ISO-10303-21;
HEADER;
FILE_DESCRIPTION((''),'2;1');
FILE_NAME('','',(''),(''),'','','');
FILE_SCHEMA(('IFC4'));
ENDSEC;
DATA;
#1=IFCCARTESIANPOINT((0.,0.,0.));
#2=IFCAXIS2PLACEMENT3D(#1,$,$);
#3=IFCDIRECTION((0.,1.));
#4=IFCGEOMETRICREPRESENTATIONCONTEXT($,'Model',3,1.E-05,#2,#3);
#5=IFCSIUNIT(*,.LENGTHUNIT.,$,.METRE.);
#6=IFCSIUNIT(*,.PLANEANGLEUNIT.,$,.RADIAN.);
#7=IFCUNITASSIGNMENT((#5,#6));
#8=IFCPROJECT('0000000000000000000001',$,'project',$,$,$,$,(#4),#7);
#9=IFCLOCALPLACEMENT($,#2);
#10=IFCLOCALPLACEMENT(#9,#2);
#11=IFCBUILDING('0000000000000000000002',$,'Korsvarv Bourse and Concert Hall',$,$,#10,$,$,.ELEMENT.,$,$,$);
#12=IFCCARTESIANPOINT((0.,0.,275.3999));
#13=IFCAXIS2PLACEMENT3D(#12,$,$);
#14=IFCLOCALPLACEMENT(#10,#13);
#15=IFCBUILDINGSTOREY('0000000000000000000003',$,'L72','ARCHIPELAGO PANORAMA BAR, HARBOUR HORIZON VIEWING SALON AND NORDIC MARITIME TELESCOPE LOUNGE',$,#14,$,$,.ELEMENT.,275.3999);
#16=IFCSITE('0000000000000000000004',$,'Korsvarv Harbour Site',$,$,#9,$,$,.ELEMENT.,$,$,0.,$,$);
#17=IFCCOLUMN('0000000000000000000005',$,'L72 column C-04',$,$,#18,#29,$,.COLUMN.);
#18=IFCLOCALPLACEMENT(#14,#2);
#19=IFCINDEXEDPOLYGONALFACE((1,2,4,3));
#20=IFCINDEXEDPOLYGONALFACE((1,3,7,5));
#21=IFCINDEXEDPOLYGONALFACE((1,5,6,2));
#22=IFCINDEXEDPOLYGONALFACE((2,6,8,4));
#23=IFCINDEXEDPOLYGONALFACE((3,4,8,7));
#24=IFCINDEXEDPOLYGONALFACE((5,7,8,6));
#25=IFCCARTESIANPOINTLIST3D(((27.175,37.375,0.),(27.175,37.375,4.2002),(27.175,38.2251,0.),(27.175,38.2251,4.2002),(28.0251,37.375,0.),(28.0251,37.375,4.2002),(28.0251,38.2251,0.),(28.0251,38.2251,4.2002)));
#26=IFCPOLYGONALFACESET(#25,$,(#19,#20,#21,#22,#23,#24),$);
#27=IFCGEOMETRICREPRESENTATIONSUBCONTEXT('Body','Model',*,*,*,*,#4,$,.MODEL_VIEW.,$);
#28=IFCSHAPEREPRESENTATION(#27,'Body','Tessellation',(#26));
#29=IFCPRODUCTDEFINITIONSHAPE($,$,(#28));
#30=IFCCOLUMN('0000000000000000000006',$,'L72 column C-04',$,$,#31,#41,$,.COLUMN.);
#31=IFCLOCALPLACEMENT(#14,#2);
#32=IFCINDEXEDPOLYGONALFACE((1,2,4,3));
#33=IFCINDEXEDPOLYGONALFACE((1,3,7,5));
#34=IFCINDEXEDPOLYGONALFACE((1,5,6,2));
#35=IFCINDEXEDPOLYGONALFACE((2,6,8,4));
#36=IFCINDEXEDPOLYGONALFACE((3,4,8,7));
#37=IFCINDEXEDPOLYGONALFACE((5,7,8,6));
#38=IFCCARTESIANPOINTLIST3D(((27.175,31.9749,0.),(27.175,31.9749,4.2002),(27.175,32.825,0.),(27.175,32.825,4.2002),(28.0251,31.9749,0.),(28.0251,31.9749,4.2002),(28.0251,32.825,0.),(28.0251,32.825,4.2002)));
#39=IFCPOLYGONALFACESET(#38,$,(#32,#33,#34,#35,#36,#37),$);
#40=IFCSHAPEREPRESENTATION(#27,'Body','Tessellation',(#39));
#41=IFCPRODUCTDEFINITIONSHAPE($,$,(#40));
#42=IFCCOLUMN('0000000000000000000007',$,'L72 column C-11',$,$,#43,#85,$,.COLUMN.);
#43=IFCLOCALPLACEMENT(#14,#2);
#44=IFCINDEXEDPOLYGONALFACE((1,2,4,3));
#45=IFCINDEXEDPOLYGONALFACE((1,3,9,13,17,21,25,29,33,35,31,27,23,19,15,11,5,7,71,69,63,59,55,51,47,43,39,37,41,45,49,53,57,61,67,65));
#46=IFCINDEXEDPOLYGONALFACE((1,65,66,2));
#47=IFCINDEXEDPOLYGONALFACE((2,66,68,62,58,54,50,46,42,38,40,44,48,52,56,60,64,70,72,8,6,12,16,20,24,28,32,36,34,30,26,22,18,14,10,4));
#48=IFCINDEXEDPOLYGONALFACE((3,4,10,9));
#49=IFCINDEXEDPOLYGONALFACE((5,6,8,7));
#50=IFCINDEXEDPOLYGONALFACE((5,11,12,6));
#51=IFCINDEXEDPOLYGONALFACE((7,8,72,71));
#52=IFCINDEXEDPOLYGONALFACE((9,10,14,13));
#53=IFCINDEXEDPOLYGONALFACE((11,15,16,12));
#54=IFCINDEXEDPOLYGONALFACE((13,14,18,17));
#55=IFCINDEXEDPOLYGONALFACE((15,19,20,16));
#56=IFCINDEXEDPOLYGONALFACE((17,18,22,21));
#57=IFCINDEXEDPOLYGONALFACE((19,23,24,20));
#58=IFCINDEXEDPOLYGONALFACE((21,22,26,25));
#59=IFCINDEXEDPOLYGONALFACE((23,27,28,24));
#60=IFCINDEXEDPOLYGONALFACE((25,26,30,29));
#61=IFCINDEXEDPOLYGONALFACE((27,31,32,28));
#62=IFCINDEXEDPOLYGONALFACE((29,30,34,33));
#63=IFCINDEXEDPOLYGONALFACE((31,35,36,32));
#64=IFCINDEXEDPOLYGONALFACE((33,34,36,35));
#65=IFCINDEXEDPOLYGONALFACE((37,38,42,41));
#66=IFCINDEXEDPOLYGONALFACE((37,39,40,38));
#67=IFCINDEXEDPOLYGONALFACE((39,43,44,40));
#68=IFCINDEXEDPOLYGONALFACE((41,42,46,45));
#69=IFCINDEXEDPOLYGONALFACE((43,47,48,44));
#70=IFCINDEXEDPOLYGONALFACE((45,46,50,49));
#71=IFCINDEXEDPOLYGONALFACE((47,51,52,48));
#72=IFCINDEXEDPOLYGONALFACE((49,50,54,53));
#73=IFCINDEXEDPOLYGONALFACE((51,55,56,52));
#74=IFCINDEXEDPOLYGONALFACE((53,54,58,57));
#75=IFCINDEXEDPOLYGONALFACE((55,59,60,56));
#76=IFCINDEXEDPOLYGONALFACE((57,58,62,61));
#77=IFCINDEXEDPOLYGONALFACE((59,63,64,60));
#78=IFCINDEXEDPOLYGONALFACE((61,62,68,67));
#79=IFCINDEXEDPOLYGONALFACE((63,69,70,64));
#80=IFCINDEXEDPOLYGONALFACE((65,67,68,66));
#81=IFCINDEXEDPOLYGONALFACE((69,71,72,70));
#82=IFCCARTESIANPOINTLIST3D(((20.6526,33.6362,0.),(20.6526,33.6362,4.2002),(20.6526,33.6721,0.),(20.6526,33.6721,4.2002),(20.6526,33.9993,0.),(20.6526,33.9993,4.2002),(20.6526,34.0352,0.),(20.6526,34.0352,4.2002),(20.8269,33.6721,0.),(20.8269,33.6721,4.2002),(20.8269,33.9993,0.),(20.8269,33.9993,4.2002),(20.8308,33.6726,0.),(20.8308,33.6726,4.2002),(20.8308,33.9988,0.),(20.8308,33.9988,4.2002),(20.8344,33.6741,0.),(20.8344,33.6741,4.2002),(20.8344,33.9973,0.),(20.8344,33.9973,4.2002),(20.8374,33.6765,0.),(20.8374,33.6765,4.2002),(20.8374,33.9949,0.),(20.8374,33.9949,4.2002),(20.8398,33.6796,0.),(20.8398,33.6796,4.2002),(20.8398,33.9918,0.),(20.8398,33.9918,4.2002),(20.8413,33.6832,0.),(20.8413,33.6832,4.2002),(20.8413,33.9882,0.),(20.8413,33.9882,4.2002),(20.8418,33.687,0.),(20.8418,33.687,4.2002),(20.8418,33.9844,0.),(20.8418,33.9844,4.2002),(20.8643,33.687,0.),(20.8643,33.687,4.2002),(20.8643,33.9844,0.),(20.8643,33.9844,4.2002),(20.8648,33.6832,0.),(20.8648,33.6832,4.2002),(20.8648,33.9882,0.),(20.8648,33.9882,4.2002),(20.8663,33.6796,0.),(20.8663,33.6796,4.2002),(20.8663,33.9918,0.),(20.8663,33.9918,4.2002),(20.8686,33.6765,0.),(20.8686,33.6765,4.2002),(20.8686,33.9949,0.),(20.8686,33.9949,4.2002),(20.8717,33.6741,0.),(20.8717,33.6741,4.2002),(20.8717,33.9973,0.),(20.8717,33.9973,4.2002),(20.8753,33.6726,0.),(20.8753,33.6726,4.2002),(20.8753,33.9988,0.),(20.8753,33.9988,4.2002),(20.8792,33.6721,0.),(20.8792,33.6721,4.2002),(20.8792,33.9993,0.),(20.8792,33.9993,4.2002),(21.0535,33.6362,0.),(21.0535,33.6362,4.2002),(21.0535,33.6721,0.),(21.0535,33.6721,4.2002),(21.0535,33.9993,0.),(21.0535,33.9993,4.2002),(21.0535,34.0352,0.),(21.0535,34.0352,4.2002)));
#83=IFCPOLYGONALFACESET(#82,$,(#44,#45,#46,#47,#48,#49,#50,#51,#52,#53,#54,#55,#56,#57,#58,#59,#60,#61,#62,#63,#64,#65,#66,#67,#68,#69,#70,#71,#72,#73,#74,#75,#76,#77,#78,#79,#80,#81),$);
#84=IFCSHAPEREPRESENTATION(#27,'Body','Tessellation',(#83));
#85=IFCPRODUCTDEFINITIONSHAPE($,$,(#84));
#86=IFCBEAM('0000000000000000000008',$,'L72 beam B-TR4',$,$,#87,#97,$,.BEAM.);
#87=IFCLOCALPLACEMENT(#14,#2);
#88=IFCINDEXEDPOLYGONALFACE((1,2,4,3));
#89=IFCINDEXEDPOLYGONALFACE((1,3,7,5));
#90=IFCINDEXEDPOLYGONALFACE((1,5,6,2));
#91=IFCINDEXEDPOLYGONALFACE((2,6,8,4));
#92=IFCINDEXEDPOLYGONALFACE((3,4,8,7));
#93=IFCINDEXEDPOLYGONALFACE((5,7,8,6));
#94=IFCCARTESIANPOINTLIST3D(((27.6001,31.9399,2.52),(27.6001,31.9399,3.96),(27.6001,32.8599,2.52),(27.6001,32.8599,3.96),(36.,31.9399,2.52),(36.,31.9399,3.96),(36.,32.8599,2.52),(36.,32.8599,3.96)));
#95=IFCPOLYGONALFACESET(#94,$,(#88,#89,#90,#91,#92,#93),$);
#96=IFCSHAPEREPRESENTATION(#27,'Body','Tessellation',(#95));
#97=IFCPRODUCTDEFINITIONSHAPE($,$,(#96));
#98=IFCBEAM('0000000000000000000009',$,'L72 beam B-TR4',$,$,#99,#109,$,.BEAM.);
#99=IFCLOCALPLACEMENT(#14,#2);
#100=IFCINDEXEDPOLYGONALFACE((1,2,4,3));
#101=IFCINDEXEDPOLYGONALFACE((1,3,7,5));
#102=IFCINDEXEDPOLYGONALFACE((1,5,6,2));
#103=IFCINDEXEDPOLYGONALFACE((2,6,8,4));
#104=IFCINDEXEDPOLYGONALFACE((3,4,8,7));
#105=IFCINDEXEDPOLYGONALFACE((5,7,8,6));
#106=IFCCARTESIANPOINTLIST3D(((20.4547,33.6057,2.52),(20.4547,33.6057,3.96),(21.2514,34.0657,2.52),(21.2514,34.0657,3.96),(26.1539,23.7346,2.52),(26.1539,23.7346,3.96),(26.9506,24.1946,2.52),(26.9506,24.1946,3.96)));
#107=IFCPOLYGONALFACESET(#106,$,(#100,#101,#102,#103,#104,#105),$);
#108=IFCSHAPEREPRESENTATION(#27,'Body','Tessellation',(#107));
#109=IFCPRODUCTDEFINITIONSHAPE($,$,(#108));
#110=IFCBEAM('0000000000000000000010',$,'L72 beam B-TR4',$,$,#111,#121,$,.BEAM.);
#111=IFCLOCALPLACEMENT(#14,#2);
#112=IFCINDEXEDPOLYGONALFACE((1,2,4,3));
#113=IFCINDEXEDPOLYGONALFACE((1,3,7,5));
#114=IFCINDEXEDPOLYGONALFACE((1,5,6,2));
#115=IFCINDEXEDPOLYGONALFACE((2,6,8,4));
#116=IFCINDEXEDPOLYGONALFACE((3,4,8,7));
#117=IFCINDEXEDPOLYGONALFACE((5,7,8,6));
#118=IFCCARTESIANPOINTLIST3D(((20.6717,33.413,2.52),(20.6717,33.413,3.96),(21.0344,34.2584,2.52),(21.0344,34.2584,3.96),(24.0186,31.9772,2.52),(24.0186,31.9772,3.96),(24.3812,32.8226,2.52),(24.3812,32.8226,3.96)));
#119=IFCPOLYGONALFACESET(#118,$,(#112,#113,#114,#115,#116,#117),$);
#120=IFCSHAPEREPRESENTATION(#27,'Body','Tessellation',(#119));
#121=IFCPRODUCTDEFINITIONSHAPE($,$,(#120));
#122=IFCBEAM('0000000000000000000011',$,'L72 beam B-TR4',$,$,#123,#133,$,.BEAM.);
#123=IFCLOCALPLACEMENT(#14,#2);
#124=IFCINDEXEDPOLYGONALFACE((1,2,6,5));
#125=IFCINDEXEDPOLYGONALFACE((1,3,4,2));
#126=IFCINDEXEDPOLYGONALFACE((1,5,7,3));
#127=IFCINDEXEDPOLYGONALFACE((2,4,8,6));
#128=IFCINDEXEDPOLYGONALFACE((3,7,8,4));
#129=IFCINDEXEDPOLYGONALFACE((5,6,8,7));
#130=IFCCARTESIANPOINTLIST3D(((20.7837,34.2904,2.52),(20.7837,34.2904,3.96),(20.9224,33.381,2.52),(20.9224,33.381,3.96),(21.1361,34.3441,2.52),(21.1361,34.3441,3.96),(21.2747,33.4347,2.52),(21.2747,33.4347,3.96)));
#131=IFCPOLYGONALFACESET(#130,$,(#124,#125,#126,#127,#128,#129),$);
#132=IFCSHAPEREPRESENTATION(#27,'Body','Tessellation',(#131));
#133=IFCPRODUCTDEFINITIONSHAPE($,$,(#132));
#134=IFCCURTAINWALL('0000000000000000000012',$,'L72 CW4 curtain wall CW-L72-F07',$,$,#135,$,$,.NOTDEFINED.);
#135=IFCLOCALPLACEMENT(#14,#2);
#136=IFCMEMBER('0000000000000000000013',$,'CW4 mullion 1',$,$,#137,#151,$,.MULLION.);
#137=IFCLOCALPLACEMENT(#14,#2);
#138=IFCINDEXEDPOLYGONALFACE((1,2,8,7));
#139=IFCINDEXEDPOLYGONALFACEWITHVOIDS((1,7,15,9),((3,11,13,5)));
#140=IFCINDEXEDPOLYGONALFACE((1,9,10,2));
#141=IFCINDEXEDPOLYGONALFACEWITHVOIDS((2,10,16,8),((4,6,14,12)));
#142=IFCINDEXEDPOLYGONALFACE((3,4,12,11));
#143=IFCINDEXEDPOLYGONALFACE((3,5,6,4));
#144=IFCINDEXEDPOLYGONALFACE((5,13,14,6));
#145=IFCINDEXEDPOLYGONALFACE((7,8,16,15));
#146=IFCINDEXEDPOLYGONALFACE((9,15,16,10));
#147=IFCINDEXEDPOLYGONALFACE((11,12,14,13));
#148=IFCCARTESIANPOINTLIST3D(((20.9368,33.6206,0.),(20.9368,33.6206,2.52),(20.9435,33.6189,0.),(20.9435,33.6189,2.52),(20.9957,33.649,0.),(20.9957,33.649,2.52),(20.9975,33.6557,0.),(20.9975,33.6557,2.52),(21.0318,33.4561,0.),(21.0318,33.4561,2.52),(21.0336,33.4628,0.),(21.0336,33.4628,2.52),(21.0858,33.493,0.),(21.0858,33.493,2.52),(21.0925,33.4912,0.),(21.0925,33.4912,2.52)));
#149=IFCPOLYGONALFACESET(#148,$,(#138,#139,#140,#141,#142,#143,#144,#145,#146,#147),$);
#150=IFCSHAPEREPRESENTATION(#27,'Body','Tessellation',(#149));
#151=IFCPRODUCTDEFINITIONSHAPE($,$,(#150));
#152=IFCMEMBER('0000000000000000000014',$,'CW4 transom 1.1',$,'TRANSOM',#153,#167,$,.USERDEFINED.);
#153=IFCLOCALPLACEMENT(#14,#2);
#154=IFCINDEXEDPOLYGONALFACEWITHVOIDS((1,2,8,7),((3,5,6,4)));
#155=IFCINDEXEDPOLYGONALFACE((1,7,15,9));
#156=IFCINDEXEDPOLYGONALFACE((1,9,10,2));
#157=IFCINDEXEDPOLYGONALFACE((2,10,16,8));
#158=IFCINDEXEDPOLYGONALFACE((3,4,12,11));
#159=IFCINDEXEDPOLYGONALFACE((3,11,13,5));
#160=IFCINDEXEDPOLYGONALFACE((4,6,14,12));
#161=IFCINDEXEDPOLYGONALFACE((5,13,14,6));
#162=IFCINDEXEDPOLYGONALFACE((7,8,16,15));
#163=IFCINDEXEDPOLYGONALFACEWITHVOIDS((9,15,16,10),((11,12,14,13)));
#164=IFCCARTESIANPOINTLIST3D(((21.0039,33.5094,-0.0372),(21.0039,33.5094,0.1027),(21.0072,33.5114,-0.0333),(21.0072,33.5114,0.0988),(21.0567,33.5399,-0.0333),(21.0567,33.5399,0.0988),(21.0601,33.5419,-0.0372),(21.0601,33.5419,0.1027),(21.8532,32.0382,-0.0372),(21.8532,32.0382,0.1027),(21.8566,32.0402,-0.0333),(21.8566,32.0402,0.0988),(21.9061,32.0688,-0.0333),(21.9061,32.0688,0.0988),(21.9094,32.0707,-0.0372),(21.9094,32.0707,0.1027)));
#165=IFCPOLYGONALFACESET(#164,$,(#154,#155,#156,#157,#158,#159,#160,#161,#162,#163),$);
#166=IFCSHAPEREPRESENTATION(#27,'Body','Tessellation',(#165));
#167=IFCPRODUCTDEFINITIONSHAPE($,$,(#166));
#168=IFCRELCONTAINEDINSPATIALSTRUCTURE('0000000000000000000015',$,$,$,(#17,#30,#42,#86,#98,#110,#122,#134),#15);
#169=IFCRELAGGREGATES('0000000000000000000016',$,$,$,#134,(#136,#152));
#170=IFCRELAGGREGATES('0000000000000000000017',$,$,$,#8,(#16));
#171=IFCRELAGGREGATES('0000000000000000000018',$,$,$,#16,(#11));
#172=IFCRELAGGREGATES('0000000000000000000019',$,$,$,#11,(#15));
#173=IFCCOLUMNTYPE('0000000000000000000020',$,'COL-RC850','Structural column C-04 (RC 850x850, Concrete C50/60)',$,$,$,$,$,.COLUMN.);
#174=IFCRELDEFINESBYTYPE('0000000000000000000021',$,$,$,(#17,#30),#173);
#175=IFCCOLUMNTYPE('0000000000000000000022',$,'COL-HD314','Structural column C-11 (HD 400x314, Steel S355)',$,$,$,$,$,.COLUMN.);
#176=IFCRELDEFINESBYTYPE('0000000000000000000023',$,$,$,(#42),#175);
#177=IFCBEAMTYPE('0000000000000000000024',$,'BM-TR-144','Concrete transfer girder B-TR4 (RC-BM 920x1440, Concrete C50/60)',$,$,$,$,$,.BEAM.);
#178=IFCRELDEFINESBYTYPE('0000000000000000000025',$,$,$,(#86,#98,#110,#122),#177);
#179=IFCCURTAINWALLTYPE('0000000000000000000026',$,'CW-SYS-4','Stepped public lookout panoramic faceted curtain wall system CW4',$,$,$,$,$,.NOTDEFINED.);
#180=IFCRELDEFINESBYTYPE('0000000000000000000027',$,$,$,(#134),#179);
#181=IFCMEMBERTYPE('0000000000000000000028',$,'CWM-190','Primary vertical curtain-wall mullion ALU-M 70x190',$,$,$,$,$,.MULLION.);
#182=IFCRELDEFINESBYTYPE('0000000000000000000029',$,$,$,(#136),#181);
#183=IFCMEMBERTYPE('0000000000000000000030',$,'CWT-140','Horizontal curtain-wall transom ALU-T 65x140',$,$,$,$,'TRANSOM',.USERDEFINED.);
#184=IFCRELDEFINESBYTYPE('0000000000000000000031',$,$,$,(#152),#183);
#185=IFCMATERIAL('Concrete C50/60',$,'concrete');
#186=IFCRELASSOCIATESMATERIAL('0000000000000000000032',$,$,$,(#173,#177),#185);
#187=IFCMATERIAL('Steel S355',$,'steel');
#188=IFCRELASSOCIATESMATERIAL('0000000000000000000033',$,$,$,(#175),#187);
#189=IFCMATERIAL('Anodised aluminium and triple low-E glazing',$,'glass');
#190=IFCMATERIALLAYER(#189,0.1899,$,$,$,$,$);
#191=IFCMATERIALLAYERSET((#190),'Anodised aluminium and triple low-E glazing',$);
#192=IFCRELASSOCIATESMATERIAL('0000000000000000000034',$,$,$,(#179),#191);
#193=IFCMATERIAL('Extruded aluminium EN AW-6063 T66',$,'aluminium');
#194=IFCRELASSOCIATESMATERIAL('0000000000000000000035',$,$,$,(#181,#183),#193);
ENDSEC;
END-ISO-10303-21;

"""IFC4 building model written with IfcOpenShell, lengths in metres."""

from ifc_helpers import new_model, si_unit, direction, frame, origin, origin_2d, place, context, subcontext, project, spatial, rectangle, hollow_rectangle, i_section, extrude, source, transform, mapped, material, layer, layer_set, material_profile, profile_set, type_object, element, aggregate, save


model = new_model("IFC4")

# Units and contexts
model_context = context("Model", 3, precision=1e-05, world=origin(), true_north=direction((0.0, 1.0)))
body_context = subcontext(model_context, "Body", "Model", "MODEL_VIEW")
ifc_project = project(units=[si_unit("LENGTHUNIT", "METRE"), si_unit("PLANEANGLEUNIT", "RADIAN")], contexts=[model_context])

# Site, building, storey
site_placement = place(None, origin())
site = spatial("IfcSite", under=ifc_project, at=site_placement, Name="Korsvarv Harbour Site", CompositionType="ELEMENT", RefElevation=0.0)
building_placement = place(site_placement, origin())
building = spatial("IfcBuilding", under=site, at=building_placement, Name="Korsvarv Bourse and Concert Hall", CompositionType="ELEMENT")
storey_placement = place(building_placement, frame((0.0, 0.0, 275.3999)))
storey = spatial("IfcBuildingStorey", under=building, at=storey_placement, Name="L72", Description="ARCHIPELAGO PANORAMA BAR, HARBOUR HORIZON VIEWING SALON AND NORDIC MARITIME TELESCOPE LOUNGE", CompositionType="ELEMENT", Elevation=275.3999)

# Columns
ifc_material_1 = material(Name="Concrete C50/60", Category="concrete")
ifc_material_profile_1 = material_profile(ifc_material_1, rectangle(XDim=0.8501, YDim=0.8501, at=origin_2d()), Name="RC 850x850")
ifc_profile_set_1 = profile_set([ifc_material_profile_1], Name="Concrete C50/60")
column_type_1 = type_object("IfcColumnType", Name="COL-RC850", Description="Structural column C-04 (RC 850x850, Concrete C50/60)", PredefinedType="COLUMN", material=ifc_profile_set_1)
shared_shape_1 = source(origin(), body_context, "Body", "SweptSolid", [
    extrude(rectangle(XDim=0.8501, YDim=0.8501, at=origin_2d()), origin(), (0.0, 0.0, 1.0), 4.2002),
])
for number, where, z_axis, x_axis, name in (
    (1, (27.6001, 37.8, 0.0), (0.0, 0.0, 1.0), (1.0, 0.0, 0.0), "L72 column C-04"),
    (2, (27.6001, 32.3999, 0.0), (0.0, 0.0, 1.0), (1.0, 0.0, 0.0), "L72 column C-04"),
):
    element("IfcColumn", number, at=place(storey_placement, frame(where, z_axis=z_axis, x_axis=x_axis)), inside=storey, type_object=column_type_1, Name=name, PredefinedType="COLUMN", context=body_context, shape_type="MappedRepresentation", body=[
        mapped(shared_shape_1, transform((0.0, 0.0, 0.0), scale=1.0)),
    ])
ifc_material_2 = material(Name="Steel S355", Category="steel")
ifc_material_profile_2 = material_profile(ifc_material_2, i_section(OverallWidth=0.4009, OverallDepth=0.3989, WebThickness=0.0225, FlangeThickness=0.0359, FilletRadius=0.0149, at=origin_2d()), Name="HD 400x314")
ifc_profile_set_2 = profile_set([ifc_material_profile_2], Name="Steel S355")
column_type_2 = type_object("IfcColumnType", Name="COL-HD314", Description="Structural column C-11 (HD 400x314, Steel S355)", PredefinedType="COLUMN", material=ifc_profile_set_2)
shared_shape_2 = source(origin(), body_context, "Body", "SweptSolid", [
    extrude(i_section(OverallWidth=0.4009, OverallDepth=0.3989, WebThickness=0.0225, FlangeThickness=0.0359, FilletRadius=0.0149, at=origin_2d()), origin(), (0.0, 0.0, 1.0), 4.2002),
])
column_placement = place(storey_placement, frame((20.853, 33.8357, 0.0), z_axis=(0.0, 0.0, 1.0), x_axis=(1.0, 0.0, 0.0)))
element("IfcColumn", 3, at=column_placement, inside=storey, type_object=column_type_2, Name="L72 column C-11", PredefinedType="COLUMN", context=body_context, shape_type="MappedRepresentation", body=[
    mapped(shared_shape_2, transform((0.0, 0.0, 0.0), scale=1.0)),
])

# Beams
ifc_material_profile_3 = material_profile(ifc_material_1, rectangle(XDim=0.9199, YDim=1.4399, at=origin_2d()), Name="RC-BM 920x1440")
ifc_profile_set_3 = profile_set([ifc_material_profile_3], Name="Concrete C50/60")
beam_type = type_object("IfcBeamType", Name="BM-TR-144", Description="Concrete transfer girder B-TR4 (RC-BM 920x1440, Concrete C50/60)", PredefinedType="BEAM", material=ifc_profile_set_3)
shared_shape_3 = source(origin(), body_context, "Body", "SweptSolid", [
    extrude(rectangle(XDim=0.9199, YDim=1.4399, at=origin_2d()), origin(), (0.0, 0.0, 1.0), 8.3999),
])
beam_1_placement = place(storey_placement, frame((27.6001, 32.3999, 3.24), z_axis=(1.0, 0.0, 0.0), x_axis=(0.0, 1.0, 0.0)))
element("IfcBeam", 4, at=beam_1_placement, inside=storey, type_object=beam_type, Name="L72 beam B-TR4", PredefinedType="BEAM", context=body_context, shape_type="MappedRepresentation", body=[
    mapped(shared_shape_3, transform((0.0, 0.0, 0.0), scale=1.0)),
])
shared_shape_4 = source(origin(), body_context, "Body", "SweptSolid", [
    extrude(rectangle(XDim=0.9199, YDim=1.4399, at=origin_2d()), origin(), (0.0, 0.0, 1.0), 11.3982),
])
beam_2_placement = place(storey_placement, frame((20.853, 33.8357, 3.24), z_axis=(0.500009, -0.86602, 0.0), x_axis=(0.86602, 0.500009, 0.0)))
element("IfcBeam", 5, at=beam_2_placement, inside=storey, type_object=beam_type, Name="L72 beam B-TR4", PredefinedType="BEAM", context=body_context, shape_type="MappedRepresentation", body=[
    mapped(shared_shape_4, transform((0.0, 0.0, 0.0), scale=1.0)),
])
shared_shape_5 = source(origin(), body_context, "Body", "SweptSolid", [
    extrude(rectangle(XDim=0.9199, YDim=1.4399, at=origin_2d()), origin(), (0.0, 0.0, 1.0), 3.6418),
])
beam_3_placement = place(storey_placement, frame((20.853, 33.8357, 3.24), z_axis=(0.919006, -0.394243, 0.0), x_axis=(0.394243, 0.919006, 0.0)))
element("IfcBeam", 6, at=beam_3_placement, inside=storey, type_object=beam_type, Name="L72 beam B-TR4", PredefinedType="BEAM", context=body_context, shape_type="MappedRepresentation", body=[
    mapped(shared_shape_5, transform((0.0, 0.0, 0.0), scale=1.0)),
])
shared_shape_6 = source(origin(), body_context, "Body", "SweptSolid", [
    extrude(rectangle(XDim=0.9199, YDim=1.4399, at=origin_2d()), origin(), (0.0, 0.0, 1.0), 0.3564),
])
beam_4_placement = place(storey_placement, frame((20.853, 33.8357, 3.24), z_axis=(0.988577, 0.150719, 0.0), x_axis=(-0.150719, 0.988577, 0.0)))
element("IfcBeam", 7, at=beam_4_placement, inside=storey, type_object=beam_type, Name="L72 beam B-TR4", PredefinedType="BEAM", context=body_context, shape_type="MappedRepresentation", body=[
    mapped(shared_shape_6, transform((0.0, 0.0, 0.0), scale=1.0)),
])

# Curtain wall, members
ifc_material_3 = material(Name="Anodised aluminium and triple low-E glazing", Category="glass")
ifc_layer_1 = layer(ifc_material_3, 0.1899)
ifc_layer_set_1 = layer_set([ifc_layer_1], Name="Anodised aluminium and triple low-E glazing")
curtain_wall_type = type_object("IfcCurtainWallType", Name="CW-SYS-4", Description="Stepped public lookout panoramic faceted curtain wall system CW4", PredefinedType="NOTDEFINED", material=ifc_layer_set_1)
curtain_wall_placement = place(storey_placement, origin())
curtain_wall = element("IfcCurtainWall", 8, at=curtain_wall_placement, inside=storey, type_object=curtain_wall_type, Name="L72 CW4 curtain wall CW-L72-F07", PredefinedType="NOTDEFINED")
ifc_material_4 = material(Name="Extruded aluminium EN AW-6063 T66", Category="aluminium")
ifc_material_profile_4 = material_profile(ifc_material_4, hollow_rectangle(XDim=0.0701, YDim=0.1899, WallThickness=0.0049, at=origin_2d()), Name="ALU-M 70x190")
ifc_profile_set_4 = profile_set([ifc_material_profile_4], Name="Extruded aluminium EN AW-6063 T66")
member_type_1 = type_object("IfcMemberType", Name="CWM-190", Description="Primary vertical curtain-wall mullion ALU-M 70x190", PredefinedType="MULLION", material=ifc_profile_set_4)
shared_shape_7 = source(origin(), body_context, "Body", "SweptSolid", [
    extrude(hollow_rectangle(XDim=0.0701, YDim=0.1899, WallThickness=0.0049, at=origin_2d()), origin(), (0.0, 0.0, 1.0), 2.52),
])
member_1_placement = place(storey_placement, frame((21.0146, 33.5559, 0.0), z_axis=(0.0, 0.0, 1.0), x_axis=(0.866023, 0.500004, 0.0)))
member_1 = element("IfcMember", 9, at=member_1_placement, type_object=member_type_1, Name="CW4 mullion 1", PredefinedType="MULLION", context=body_context, shape_type="MappedRepresentation", body=[
    mapped(shared_shape_7, transform((0.0, 0.0, 0.0), scale=1.0)),
])
ifc_material_profile_5 = material_profile(ifc_material_4, hollow_rectangle(XDim=0.0649, YDim=0.1399, WallThickness=0.0039, at=origin_2d()), Name="ALU-T 65x140")
ifc_profile_set_5 = profile_set([ifc_material_profile_5], Name="Extruded aluminium EN AW-6063 T66")
member_type_2 = type_object("IfcMemberType", Name="CWT-140", Description="Horizontal curtain-wall transom ALU-T 65x140", ElementType="TRANSOM", PredefinedType="USERDEFINED", material=ifc_profile_set_5)
shared_shape_8 = source(origin(), body_context, "Body", "SweptSolid", [
    extrude(hollow_rectangle(XDim=0.0649, YDim=0.1399, WallThickness=0.0039, at=origin_2d()), origin(), (0.0, 0.0, 1.0), 1.6987),
])
member_2_placement = place(storey_placement, frame((21.032, 33.5256, 0.0327), z_axis=(0.499988, -0.866032, 0.0), x_axis=(0.866032, 0.499988, 0.0)))
member_2 = element("IfcMember", 10, at=member_2_placement, type_object=member_type_2, Name="CW4 transom 1.1", ObjectType="TRANSOM", PredefinedType="USERDEFINED", context=body_context, shape_type="MappedRepresentation", body=[
    mapped(shared_shape_8, transform((0.0, 0.0, 0.0), scale=1.0)),
])
aggregate(curtain_wall, [member_1, member_2])

save(model, "model.ifc")
